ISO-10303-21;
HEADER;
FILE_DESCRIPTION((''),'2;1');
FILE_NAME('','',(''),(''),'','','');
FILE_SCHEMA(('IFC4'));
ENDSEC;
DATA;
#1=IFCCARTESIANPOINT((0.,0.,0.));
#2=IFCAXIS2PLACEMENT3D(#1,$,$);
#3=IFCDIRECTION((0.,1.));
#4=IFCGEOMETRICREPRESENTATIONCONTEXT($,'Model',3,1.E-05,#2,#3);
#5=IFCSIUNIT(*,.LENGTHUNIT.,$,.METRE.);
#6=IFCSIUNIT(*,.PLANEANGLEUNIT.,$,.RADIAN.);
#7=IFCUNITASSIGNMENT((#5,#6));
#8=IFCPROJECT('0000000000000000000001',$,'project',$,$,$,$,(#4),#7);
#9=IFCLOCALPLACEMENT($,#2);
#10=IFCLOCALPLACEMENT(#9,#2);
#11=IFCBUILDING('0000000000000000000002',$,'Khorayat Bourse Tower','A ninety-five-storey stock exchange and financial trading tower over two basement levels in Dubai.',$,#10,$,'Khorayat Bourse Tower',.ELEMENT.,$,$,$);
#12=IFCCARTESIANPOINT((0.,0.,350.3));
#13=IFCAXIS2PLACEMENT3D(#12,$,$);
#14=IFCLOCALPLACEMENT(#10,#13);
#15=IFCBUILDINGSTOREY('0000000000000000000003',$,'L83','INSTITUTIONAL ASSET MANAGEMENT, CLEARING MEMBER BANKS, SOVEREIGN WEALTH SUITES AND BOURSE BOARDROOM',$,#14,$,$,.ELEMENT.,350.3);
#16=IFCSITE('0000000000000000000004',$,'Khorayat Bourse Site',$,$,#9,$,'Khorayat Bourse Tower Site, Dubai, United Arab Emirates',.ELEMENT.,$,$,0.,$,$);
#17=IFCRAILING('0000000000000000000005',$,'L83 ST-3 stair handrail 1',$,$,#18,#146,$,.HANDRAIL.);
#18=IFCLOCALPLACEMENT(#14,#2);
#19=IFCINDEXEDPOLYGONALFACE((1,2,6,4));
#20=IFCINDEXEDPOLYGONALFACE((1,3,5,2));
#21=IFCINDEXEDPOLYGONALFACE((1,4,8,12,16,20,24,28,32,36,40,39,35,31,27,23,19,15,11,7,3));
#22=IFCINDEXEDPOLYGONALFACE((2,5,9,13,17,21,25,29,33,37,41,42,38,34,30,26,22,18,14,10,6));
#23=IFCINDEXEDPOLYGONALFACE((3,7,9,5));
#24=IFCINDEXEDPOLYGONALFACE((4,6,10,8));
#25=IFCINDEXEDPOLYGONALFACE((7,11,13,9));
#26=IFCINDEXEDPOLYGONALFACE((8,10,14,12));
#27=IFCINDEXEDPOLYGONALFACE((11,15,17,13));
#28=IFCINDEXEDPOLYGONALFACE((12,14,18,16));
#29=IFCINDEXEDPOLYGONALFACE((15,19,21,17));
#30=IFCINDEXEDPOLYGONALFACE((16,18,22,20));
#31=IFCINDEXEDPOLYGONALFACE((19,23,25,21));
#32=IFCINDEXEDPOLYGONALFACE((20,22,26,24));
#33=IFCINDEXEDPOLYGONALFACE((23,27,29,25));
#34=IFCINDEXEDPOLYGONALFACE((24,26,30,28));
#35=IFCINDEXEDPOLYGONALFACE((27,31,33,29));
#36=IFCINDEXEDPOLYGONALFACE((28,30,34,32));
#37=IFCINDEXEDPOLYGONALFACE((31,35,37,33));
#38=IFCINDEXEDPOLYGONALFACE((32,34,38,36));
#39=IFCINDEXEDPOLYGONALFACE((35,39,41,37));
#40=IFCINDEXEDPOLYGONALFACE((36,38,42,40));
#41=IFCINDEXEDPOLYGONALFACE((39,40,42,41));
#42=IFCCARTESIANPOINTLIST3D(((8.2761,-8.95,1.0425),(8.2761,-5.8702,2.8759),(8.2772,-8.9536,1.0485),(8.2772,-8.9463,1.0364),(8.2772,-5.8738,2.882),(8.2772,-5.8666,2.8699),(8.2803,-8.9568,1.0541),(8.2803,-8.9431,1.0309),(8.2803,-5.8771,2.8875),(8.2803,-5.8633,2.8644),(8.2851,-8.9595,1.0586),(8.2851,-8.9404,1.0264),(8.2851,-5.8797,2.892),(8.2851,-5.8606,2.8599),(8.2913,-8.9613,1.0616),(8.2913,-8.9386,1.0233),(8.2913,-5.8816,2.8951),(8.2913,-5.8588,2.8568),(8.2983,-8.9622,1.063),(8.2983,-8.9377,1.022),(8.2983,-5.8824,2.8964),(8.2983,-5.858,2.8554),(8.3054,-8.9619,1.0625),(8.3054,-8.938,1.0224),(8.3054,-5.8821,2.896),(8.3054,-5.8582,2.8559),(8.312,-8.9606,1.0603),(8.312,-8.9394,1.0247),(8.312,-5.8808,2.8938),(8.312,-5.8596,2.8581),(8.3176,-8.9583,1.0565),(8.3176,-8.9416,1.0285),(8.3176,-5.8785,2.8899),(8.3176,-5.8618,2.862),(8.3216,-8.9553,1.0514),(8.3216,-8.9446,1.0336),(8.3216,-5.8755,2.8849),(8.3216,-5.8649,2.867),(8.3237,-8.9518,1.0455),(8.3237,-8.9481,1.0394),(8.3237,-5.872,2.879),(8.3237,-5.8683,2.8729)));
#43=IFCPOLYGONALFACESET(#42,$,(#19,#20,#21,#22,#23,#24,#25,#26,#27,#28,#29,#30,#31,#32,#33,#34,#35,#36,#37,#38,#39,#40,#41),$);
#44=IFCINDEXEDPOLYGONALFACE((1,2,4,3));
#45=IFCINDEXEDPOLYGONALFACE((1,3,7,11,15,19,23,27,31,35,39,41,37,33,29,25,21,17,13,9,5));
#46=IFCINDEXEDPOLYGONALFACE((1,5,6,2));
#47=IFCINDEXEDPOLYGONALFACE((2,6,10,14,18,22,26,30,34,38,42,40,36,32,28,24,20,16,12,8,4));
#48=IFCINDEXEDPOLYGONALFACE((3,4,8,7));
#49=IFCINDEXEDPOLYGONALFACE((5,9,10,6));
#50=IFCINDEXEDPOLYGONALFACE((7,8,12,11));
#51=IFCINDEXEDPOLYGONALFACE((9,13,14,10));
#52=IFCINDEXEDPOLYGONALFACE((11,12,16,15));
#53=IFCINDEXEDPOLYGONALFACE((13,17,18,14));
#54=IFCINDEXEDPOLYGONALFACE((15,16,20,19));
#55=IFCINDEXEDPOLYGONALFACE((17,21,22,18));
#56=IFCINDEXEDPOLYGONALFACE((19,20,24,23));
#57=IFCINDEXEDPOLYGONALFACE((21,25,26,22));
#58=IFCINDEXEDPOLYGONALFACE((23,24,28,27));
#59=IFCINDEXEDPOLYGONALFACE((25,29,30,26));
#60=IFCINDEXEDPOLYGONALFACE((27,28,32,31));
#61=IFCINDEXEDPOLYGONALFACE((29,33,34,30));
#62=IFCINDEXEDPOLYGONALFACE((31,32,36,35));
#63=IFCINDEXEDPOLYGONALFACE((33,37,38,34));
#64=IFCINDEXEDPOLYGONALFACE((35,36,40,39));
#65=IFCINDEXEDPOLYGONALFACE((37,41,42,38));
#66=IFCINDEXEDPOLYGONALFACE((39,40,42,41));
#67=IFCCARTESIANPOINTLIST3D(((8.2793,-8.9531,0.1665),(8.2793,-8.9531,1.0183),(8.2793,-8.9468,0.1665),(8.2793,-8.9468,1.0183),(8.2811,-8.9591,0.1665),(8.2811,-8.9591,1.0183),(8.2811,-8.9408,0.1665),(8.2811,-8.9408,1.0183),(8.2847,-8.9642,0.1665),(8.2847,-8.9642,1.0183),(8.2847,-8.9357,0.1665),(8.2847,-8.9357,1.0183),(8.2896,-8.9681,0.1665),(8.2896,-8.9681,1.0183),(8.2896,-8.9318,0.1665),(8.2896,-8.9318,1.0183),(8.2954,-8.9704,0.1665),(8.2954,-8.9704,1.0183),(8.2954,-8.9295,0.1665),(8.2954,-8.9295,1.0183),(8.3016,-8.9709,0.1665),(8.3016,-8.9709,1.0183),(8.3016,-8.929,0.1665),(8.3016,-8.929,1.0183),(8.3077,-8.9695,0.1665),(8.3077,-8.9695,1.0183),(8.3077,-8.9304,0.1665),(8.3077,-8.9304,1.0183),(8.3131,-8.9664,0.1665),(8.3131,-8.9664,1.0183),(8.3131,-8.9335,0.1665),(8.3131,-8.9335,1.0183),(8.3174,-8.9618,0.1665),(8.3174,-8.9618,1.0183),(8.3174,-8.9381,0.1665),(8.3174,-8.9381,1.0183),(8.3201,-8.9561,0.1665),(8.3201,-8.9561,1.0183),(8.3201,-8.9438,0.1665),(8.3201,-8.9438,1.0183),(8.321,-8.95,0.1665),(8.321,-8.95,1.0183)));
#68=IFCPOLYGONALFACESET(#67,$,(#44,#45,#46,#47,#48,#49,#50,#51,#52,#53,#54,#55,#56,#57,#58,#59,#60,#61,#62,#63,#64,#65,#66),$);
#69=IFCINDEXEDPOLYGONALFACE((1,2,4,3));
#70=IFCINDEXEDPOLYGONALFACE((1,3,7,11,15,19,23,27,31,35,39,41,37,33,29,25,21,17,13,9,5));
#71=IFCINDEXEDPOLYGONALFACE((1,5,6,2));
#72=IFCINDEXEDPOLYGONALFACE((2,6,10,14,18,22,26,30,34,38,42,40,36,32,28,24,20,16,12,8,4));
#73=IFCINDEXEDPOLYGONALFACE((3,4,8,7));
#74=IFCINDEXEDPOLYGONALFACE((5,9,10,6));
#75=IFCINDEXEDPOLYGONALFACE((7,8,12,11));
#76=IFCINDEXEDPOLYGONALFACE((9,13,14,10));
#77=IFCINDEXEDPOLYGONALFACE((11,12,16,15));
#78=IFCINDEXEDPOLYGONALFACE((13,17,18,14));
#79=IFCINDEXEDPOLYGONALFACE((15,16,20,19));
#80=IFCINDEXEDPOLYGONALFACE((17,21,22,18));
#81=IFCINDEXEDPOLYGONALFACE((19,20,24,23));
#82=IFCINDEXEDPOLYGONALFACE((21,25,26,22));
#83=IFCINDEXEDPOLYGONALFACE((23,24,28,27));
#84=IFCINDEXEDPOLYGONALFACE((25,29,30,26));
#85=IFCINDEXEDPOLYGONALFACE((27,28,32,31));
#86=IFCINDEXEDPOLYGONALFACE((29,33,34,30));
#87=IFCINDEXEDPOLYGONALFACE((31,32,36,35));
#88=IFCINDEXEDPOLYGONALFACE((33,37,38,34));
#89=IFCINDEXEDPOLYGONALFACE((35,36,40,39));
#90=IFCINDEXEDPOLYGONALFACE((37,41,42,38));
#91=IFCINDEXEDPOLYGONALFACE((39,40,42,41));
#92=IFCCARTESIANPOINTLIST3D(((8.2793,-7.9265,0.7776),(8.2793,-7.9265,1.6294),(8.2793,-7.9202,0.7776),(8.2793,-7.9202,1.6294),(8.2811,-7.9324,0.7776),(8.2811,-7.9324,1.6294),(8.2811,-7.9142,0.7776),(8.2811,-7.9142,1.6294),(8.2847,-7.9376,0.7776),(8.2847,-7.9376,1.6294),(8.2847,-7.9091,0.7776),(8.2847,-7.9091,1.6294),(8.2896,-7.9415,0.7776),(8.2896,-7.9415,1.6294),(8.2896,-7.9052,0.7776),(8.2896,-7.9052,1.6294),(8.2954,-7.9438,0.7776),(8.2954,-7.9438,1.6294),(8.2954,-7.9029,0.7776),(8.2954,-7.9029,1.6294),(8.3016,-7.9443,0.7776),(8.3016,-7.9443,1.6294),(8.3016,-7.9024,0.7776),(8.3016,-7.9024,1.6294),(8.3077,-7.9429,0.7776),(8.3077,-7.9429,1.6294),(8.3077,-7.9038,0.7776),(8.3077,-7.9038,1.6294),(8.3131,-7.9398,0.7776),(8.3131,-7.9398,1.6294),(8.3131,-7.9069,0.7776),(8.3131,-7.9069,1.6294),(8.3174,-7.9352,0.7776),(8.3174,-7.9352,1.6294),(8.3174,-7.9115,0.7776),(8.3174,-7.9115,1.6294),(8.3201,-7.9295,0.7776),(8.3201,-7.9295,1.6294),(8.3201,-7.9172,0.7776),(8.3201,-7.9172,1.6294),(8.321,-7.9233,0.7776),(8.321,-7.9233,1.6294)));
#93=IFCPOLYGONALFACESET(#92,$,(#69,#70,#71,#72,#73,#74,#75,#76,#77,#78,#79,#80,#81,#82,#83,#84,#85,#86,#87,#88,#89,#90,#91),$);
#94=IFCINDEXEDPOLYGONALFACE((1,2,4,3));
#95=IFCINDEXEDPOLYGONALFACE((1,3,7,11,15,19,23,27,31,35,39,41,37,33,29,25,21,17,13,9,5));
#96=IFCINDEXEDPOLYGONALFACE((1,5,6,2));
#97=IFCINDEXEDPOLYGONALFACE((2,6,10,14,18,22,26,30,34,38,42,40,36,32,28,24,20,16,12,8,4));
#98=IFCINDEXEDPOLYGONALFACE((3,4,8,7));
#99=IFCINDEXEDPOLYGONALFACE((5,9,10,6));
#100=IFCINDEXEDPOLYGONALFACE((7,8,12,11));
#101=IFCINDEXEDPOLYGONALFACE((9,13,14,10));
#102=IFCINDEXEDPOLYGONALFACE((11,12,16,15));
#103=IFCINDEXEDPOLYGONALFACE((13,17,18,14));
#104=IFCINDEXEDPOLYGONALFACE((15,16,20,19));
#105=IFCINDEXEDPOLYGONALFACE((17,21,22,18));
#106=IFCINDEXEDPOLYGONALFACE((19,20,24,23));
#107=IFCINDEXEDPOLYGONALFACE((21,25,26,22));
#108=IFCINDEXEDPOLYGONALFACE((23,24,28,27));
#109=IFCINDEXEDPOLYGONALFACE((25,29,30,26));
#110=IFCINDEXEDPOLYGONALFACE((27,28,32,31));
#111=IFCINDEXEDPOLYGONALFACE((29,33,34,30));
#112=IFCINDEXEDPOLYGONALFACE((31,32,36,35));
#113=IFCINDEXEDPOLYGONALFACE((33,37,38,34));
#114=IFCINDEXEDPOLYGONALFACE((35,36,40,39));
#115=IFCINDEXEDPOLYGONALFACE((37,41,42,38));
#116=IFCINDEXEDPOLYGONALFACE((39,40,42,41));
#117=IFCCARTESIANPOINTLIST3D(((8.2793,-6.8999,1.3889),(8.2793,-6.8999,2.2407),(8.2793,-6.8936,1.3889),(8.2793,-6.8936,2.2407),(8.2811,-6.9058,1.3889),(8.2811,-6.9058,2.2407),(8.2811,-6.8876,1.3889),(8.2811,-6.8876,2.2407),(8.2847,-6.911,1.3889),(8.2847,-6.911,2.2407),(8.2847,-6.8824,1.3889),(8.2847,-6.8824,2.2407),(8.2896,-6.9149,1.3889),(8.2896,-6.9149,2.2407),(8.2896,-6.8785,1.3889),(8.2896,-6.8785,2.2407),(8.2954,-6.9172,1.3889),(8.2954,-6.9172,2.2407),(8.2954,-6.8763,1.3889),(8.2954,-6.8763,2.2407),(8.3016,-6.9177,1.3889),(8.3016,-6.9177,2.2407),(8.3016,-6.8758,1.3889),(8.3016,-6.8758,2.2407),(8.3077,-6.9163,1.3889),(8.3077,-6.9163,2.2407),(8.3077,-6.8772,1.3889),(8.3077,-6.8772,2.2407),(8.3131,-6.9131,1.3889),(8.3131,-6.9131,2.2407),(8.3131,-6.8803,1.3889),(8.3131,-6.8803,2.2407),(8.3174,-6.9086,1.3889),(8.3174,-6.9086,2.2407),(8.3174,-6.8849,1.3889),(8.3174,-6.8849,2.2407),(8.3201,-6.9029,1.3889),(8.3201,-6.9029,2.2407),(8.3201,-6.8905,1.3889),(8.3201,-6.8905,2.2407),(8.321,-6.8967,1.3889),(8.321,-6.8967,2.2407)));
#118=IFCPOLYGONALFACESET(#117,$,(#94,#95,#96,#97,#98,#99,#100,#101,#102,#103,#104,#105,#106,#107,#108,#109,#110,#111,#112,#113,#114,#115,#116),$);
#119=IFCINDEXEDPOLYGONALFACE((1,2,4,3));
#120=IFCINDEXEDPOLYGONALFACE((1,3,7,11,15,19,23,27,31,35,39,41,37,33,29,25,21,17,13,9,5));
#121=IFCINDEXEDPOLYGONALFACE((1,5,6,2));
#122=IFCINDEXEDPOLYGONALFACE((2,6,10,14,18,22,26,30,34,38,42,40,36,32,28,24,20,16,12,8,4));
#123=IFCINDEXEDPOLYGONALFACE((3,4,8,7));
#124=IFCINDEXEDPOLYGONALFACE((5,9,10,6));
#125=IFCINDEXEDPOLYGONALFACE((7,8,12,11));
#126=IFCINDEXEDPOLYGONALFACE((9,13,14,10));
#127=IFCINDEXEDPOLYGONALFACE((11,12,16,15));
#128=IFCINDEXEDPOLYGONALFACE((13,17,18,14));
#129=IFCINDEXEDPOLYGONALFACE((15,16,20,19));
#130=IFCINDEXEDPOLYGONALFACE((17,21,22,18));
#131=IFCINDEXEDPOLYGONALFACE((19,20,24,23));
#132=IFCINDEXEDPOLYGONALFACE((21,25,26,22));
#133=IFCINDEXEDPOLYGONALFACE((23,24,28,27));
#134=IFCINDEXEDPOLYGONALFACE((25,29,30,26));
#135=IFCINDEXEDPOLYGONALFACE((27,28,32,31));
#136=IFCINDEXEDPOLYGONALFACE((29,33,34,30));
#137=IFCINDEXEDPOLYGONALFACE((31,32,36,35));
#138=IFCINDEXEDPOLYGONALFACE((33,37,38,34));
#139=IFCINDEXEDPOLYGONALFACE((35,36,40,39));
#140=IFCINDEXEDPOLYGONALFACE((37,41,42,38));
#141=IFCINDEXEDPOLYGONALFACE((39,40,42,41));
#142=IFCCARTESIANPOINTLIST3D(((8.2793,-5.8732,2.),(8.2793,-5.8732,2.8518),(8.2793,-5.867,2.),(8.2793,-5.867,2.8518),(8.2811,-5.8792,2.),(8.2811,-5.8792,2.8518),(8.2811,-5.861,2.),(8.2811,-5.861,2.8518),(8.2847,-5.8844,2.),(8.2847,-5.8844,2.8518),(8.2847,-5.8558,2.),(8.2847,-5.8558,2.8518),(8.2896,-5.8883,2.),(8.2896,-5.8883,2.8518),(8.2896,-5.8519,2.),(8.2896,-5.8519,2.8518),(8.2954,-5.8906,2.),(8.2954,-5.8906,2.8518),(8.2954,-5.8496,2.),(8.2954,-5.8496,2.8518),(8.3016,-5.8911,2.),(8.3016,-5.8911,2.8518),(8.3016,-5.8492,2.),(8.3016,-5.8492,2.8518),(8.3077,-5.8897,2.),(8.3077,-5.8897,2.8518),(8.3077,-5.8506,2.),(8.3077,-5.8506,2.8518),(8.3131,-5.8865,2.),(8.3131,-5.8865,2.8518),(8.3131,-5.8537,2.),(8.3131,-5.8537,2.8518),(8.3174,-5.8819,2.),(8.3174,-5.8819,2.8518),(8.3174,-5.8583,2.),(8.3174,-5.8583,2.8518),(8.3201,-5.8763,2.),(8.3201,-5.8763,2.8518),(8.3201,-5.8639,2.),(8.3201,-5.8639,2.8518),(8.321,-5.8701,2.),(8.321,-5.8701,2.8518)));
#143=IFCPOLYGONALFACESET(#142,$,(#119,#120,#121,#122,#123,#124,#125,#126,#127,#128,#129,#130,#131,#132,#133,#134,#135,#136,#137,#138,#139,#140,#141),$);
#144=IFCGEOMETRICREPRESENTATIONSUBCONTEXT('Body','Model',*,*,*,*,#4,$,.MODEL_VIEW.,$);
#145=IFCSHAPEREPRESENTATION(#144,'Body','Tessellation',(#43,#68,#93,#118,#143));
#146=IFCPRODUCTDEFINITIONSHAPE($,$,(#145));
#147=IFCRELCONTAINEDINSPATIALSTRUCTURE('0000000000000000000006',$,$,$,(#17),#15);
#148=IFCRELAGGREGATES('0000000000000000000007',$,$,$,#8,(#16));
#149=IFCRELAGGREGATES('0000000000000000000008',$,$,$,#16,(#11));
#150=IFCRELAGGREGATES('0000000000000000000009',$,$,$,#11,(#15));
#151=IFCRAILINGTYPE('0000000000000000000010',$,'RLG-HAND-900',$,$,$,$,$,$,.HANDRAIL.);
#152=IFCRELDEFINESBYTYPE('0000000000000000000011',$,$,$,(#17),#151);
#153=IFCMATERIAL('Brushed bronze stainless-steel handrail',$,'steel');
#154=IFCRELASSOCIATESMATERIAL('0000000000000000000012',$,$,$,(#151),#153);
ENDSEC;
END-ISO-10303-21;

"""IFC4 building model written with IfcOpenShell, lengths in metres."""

from ifc_helpers import new_model, si_unit, direction, frame, origin, origin_2d, place, context, subcontext, project, spatial, circle, extrude, source, transform, mapped, material, type_object, element, save


model = new_model("IFC4")

# Units and contexts
model_context = context("Model", 3, precision=1e-05, world=origin(), true_north=direction((0.0, 1.0)))
body_context = subcontext(model_context, "Body", "Model", "MODEL_VIEW")
ifc_project = project(units=[si_unit("LENGTHUNIT", "METRE"), si_unit("PLANEANGLEUNIT", "RADIAN")], contexts=[model_context])

# Site, building, storey
site_placement = place(None, origin())
site = spatial("IfcSite", under=ifc_project, at=site_placement, Name="Khorayat Bourse Site", LongName="Khorayat Bourse Tower Site, Dubai, United Arab Emirates", CompositionType="ELEMENT", RefElevation=0.0)
building_placement = place(site_placement, origin())
building = spatial("IfcBuilding", under=site, at=building_placement, Name="Khorayat Bourse Tower", Description="A ninety-five-storey stock exchange and financial trading tower over two basement levels in Dubai.", LongName="Khorayat Bourse Tower", CompositionType="ELEMENT")
storey_placement = place(building_placement, frame((0.0, 0.0, 350.3)))
storey = spatial("IfcBuildingStorey", under=building, at=storey_placement, Name="L83", Description="INSTITUTIONAL ASSET MANAGEMENT, CLEARING MEMBER BANKS, SOVEREIGN WEALTH SUITES AND BOURSE BOARDROOM", CompositionType="ELEMENT", Elevation=350.3)

# Railing
ifc_material_1 = material(Name="Brushed bronze stainless-steel handrail", Category="steel")
railing_type_1 = type_object("IfcRailingType", Name="RLG-HAND-900", PredefinedType="HANDRAIL", material=ifc_material_1)
shared_shape_1 = source(origin(), body_context, "Body", "SweptSolid", [
    extrude(circle(Radius=0.0239, at=origin_2d()), frame((0.0, 0.0, 0.876), z_axis=(0.0, 0.859261, 0.511538), x_axis=(-1.0, 0.0, 0.0)), (0.0, 0.0, 1.0), 3.5842),
    extrude(circle(Radius=0.021, at=origin_2d()), origin(), (0.0, 0.0, 1.0), 0.8518),
    extrude(circle(Radius=0.021, at=origin_2d()), frame((0.0, 1.0266, 0.6111)), (0.0, 0.0, 1.0), 0.8518),
    extrude(circle(Radius=0.021, at=origin_2d()), frame((0.0, 2.0532, 1.2224)), (0.0, 0.0, 1.0), 0.8518),
    extrude(circle(Radius=0.021, at=origin_2d()), frame((0.0, 3.0798, 1.8335)), (0.0, 0.0, 1.0), 0.8518),
])
railing_1_placement = place(storey_placement, frame((8.3, -8.95, 0.1665)))
element("IfcRailing", 1, at=railing_1_placement, inside=storey, type_object=railing_type_1, Name="L83 ST-3 stair handrail 1", PredefinedType="HANDRAIL", context=body_context, shape_type="MappedRepresentation", body=[
    mapped(shared_shape_1, transform((0.0, 0.0, 0.0), scale=1.0)),
])

save(model, "model.ifc")
